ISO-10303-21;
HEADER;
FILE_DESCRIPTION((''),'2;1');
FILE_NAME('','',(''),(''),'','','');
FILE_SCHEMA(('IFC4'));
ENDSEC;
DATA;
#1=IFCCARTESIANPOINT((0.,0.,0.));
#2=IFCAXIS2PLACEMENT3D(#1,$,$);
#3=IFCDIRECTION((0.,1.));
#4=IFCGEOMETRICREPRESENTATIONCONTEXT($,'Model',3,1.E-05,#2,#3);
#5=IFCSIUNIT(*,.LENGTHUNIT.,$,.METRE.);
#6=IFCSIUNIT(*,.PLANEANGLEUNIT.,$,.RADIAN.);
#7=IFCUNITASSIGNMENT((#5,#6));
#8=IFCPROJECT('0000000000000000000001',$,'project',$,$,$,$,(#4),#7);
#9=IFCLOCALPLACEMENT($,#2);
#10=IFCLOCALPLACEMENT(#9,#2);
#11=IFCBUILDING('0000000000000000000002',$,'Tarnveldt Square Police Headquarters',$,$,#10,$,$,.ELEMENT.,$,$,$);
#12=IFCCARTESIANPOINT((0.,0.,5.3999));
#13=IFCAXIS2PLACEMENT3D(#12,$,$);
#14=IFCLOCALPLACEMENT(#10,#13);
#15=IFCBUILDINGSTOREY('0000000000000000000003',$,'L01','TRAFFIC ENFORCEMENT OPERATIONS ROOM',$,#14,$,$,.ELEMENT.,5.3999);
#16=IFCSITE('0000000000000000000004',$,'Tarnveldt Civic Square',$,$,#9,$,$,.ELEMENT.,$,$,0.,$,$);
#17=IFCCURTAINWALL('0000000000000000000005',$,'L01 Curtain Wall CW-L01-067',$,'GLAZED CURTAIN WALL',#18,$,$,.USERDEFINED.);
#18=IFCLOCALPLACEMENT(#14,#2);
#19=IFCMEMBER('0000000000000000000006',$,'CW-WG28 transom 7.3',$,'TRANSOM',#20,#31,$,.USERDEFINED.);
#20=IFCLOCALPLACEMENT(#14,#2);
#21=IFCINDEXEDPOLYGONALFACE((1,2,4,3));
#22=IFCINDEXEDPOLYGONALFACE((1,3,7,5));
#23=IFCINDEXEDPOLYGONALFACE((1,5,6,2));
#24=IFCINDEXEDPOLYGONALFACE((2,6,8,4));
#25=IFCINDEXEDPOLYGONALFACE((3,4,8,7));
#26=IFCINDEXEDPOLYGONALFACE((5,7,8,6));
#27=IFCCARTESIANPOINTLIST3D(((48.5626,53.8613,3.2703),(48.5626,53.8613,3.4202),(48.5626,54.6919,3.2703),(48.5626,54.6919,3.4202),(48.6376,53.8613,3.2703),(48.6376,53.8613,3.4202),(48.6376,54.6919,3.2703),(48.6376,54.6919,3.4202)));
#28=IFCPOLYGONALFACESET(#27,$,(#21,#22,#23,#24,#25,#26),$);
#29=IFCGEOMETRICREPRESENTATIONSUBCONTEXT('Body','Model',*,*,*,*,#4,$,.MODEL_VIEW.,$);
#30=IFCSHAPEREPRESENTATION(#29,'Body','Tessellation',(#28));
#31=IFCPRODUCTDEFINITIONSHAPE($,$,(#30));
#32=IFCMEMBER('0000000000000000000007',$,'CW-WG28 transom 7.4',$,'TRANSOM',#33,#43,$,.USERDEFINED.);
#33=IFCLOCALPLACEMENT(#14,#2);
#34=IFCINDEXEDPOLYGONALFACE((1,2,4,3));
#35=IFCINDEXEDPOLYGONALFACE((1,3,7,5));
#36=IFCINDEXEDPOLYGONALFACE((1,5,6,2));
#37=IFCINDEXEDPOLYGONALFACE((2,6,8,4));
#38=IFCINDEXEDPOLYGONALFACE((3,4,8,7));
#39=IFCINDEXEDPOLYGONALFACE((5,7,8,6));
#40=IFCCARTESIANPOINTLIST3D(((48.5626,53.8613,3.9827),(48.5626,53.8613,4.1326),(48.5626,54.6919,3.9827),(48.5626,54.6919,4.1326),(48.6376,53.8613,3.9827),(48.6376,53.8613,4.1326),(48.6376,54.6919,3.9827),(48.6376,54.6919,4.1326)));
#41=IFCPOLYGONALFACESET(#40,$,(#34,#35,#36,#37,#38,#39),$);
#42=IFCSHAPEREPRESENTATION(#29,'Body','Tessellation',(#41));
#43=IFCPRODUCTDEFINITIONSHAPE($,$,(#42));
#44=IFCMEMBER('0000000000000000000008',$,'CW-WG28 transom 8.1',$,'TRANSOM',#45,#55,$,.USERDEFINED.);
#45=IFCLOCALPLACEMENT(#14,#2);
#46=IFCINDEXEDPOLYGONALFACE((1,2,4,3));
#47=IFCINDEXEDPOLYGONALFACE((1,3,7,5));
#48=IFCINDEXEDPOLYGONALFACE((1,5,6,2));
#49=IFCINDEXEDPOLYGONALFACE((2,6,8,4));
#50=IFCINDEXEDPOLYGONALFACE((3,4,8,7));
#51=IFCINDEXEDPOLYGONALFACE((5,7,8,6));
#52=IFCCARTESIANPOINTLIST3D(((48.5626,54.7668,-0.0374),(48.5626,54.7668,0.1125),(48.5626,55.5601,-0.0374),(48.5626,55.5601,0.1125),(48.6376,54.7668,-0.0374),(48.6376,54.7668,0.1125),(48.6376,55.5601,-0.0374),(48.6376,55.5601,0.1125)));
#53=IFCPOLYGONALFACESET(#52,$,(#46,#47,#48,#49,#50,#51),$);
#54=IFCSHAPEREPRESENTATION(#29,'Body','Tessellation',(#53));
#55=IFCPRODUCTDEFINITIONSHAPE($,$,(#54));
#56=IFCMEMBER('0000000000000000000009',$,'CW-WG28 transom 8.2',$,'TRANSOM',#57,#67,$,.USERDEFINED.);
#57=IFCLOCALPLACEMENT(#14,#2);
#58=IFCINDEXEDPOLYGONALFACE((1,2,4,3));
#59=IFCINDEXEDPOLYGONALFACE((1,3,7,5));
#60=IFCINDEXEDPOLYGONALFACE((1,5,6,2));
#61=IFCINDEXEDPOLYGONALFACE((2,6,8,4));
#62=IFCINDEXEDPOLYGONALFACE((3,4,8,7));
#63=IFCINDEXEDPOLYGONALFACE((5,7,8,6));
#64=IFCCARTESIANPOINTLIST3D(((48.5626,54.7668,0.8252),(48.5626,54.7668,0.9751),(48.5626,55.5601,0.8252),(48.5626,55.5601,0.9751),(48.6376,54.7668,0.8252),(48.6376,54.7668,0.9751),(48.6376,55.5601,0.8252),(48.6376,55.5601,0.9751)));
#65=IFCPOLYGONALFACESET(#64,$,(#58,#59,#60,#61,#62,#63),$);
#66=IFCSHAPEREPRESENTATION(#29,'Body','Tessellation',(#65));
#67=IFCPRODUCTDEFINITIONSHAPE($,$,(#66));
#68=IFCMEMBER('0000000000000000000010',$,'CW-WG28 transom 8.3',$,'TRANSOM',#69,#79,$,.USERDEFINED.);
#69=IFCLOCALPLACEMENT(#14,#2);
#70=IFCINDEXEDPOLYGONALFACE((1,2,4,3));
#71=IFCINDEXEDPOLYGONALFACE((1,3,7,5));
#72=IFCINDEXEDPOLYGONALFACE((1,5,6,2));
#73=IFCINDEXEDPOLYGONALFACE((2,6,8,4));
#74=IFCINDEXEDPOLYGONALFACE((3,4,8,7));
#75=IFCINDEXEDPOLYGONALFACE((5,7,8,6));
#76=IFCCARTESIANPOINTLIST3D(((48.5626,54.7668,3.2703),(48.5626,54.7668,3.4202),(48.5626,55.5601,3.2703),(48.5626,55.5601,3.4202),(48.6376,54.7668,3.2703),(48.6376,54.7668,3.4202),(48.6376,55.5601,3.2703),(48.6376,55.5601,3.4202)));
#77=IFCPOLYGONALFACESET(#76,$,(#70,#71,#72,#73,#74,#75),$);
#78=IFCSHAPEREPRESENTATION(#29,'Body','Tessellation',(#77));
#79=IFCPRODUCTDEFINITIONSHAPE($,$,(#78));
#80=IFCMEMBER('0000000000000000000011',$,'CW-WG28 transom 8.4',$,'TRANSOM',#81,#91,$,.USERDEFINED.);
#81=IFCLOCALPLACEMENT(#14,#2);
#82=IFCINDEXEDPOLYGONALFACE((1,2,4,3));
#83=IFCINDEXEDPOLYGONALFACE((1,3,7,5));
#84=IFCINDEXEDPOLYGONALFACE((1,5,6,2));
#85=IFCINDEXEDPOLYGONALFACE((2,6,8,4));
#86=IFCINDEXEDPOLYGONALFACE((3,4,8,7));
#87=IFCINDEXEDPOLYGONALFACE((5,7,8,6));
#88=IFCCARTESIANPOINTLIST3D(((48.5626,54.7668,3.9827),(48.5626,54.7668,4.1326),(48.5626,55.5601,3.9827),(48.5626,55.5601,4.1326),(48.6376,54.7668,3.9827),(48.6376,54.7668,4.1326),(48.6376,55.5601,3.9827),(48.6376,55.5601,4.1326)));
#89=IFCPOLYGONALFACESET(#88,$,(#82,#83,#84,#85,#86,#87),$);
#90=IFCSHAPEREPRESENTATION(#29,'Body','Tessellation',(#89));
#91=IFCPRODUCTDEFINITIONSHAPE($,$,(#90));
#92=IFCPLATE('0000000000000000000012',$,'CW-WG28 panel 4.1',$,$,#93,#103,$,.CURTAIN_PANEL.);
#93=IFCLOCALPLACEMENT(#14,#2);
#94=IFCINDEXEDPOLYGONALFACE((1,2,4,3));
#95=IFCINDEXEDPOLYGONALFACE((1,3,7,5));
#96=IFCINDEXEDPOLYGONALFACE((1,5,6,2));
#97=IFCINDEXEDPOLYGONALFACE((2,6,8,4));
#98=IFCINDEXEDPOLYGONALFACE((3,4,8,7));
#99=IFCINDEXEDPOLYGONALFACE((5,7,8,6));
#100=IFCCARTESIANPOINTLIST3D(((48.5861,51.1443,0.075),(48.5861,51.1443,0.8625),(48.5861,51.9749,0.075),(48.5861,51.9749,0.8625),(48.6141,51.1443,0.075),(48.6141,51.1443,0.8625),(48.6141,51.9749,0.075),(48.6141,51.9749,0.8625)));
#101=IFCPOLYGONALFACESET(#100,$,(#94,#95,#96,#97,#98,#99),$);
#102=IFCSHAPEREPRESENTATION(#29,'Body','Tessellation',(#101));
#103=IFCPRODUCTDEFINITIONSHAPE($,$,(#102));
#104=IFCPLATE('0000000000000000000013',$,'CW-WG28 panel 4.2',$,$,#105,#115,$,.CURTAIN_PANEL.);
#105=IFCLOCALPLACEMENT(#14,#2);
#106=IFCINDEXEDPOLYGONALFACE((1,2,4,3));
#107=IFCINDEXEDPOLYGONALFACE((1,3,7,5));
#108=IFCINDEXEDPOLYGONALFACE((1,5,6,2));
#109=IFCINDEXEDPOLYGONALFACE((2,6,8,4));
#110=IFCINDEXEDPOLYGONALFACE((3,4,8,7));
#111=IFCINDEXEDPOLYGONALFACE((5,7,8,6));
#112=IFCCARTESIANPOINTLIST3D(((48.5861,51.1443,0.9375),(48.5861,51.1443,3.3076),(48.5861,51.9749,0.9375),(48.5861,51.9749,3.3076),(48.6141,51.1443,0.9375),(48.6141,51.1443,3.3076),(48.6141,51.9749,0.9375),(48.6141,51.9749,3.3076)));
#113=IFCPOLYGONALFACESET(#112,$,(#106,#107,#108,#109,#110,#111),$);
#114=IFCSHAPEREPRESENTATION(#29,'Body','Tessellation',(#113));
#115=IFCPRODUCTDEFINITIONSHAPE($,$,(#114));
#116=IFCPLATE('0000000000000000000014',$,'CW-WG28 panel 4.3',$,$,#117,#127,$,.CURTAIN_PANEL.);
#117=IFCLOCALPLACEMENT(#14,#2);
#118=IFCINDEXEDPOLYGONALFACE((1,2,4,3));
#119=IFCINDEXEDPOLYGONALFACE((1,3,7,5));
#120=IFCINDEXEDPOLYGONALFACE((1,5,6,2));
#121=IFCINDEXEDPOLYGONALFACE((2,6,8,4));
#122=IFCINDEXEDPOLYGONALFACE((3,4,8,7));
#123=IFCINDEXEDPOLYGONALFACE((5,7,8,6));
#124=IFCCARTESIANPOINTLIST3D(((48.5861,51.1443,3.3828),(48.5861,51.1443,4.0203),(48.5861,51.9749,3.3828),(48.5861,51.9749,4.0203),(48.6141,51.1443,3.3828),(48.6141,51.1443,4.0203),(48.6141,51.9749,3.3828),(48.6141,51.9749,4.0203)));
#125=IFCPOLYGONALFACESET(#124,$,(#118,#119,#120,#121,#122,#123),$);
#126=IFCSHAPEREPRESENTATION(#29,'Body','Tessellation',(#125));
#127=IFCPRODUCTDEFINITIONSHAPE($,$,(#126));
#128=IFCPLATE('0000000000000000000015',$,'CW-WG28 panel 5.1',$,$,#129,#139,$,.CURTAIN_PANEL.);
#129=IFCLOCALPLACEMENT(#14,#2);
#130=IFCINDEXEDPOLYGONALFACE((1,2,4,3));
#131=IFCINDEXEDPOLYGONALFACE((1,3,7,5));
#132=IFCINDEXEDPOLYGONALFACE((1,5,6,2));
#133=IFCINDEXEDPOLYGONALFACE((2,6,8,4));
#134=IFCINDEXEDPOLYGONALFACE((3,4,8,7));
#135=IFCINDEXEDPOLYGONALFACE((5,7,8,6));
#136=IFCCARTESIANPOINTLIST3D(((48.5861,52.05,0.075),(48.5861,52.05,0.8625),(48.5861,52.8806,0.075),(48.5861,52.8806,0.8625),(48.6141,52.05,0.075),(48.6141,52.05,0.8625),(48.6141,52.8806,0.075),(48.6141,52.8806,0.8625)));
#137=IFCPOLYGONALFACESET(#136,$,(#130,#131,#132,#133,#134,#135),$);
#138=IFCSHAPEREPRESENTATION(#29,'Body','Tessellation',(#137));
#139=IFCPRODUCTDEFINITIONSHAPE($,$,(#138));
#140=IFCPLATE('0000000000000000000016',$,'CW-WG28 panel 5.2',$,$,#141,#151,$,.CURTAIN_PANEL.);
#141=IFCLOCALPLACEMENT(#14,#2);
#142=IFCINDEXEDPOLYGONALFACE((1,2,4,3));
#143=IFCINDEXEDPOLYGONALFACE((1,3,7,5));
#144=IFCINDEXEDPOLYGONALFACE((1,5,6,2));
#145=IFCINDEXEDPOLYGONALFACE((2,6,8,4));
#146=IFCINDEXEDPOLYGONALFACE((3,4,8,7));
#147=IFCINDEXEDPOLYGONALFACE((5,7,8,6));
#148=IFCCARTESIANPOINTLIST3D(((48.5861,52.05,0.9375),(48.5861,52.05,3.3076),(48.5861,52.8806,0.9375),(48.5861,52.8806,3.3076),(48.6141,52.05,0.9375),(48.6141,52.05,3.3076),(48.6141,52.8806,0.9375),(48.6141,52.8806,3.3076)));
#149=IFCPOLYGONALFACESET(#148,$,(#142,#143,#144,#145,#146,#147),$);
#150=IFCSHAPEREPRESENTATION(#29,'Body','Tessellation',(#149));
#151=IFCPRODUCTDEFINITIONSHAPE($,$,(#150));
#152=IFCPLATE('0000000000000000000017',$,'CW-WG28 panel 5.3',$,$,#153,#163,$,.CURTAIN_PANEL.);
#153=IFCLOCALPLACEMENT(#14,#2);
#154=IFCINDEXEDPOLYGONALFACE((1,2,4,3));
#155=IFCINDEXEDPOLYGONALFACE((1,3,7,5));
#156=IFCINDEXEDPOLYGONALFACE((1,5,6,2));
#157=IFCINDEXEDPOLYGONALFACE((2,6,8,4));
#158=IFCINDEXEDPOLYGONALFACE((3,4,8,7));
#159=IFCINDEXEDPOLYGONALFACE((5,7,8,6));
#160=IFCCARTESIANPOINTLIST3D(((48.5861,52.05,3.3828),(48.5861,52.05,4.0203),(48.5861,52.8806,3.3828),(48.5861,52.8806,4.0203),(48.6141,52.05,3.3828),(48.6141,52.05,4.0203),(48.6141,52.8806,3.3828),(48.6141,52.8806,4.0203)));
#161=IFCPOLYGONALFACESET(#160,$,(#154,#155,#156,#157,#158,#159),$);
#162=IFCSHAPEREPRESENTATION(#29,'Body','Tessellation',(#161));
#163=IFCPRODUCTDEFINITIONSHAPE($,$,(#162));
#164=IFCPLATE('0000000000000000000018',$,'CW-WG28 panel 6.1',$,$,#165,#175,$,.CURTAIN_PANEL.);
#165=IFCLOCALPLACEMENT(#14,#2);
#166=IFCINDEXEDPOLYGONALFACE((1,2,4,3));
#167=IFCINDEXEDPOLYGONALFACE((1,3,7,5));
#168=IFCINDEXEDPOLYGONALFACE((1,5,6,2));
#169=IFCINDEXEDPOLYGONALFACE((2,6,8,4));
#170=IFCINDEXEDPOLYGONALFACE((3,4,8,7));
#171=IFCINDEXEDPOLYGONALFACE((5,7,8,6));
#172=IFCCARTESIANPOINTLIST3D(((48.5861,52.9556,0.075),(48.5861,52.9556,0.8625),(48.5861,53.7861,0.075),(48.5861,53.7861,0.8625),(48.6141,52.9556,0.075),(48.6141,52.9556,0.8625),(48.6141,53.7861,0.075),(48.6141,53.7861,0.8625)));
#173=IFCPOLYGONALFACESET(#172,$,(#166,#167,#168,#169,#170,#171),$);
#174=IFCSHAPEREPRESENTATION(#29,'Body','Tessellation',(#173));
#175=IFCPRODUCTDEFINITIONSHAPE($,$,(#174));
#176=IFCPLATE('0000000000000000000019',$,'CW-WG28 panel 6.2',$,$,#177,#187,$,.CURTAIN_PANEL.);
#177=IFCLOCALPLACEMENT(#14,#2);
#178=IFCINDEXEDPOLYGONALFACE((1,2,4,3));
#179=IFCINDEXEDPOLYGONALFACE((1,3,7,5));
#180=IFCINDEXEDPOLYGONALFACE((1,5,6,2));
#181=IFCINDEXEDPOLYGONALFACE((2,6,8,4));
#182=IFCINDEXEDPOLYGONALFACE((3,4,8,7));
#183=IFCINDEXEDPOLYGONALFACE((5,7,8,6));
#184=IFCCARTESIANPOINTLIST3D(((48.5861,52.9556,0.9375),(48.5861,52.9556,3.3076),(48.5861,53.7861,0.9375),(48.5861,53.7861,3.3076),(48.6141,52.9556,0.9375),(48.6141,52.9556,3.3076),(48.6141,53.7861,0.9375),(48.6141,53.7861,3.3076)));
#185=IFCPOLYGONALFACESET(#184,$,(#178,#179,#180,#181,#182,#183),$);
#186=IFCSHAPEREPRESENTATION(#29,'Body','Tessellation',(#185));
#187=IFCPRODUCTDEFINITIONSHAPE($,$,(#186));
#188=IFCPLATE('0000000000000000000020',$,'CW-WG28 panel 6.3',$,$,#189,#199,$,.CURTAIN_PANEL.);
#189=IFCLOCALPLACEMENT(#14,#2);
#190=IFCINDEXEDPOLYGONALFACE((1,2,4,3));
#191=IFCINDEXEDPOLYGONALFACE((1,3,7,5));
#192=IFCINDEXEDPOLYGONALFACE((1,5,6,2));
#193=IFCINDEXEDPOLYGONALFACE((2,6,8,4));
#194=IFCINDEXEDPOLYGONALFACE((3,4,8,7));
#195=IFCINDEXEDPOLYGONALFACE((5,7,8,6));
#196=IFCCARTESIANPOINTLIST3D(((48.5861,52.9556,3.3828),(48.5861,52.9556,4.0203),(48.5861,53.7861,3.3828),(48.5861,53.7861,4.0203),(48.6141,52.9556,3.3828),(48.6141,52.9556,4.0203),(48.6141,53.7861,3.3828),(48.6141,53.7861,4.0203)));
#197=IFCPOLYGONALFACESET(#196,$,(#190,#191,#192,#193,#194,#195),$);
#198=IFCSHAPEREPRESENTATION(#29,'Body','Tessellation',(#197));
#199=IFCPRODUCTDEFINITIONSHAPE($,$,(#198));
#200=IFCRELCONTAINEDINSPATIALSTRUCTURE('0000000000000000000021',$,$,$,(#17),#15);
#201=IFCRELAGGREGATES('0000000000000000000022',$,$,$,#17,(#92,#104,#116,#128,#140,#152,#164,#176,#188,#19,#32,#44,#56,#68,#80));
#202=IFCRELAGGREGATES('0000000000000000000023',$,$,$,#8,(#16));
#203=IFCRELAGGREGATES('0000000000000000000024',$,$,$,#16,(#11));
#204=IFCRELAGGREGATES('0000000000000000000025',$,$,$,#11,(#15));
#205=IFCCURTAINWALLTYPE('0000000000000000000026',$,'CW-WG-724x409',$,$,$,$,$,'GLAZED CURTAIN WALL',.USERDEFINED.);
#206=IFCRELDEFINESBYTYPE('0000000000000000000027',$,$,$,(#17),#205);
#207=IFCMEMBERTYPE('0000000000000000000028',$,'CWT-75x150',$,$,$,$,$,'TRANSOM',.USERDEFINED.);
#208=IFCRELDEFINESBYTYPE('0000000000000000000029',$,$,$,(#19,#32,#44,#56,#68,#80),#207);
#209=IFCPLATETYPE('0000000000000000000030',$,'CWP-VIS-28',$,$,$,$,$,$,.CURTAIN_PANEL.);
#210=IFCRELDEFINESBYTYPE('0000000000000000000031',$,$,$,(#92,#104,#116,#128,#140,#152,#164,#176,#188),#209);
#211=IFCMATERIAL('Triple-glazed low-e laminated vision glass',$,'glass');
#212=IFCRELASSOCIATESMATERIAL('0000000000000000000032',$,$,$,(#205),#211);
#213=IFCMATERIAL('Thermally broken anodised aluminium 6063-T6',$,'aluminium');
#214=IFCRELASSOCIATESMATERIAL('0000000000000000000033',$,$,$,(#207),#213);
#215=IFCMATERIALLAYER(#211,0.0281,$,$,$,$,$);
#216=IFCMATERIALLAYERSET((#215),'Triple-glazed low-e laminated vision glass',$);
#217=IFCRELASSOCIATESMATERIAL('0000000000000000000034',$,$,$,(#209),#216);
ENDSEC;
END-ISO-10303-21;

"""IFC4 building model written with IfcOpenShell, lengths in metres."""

from ifc_helpers import new_model, si_unit, direction, frame, origin, origin_2d, place, context, subcontext, project, spatial, rectangle, extrude, material, layer, layer_set, material_profile, profile_set, type_object, element, aggregate, save


model = new_model("IFC4")

# Units and contexts
model_context = context("Model", 3, precision=1e-05, world=origin(), true_north=direction((0.0, 1.0)))
body_context = subcontext(model_context, "Body", "Model", "MODEL_VIEW")
ifc_project = project(units=[si_unit("LENGTHUNIT", "METRE"), si_unit("PLANEANGLEUNIT", "RADIAN")], contexts=[model_context])

# Site, building, storey
site_placement = place(None, origin())
site = spatial("IfcSite", under=ifc_project, at=site_placement, Name="Tarnveldt Civic Square", CompositionType="ELEMENT", RefElevation=0.0)
building_placement = place(site_placement, origin())
building = spatial("IfcBuilding", under=site, at=building_placement, Name="Tarnveldt Square Police Headquarters", CompositionType="ELEMENT")
storey_placement = place(building_placement, frame((0.0, 0.0, 5.3999)))
storey = spatial("IfcBuildingStorey", under=building, at=storey_placement, Name="L01", Description="TRAFFIC ENFORCEMENT OPERATIONS ROOM", CompositionType="ELEMENT", Elevation=5.3999)

# Curtain wall, members, plates
ifc_material_1 = material(Name="Triple-glazed low-e laminated vision glass", Category="glass")
curtain_wall_type = type_object("IfcCurtainWallType", Name="CW-WG-724x409", ElementType="GLAZED CURTAIN WALL", PredefinedType="USERDEFINED", material=ifc_material_1)
curtain_wall_placement = place(storey_placement, origin())
curtain_wall = element("IfcCurtainWall", 1, at=curtain_wall_placement, inside=storey, type_object=curtain_wall_type, Name="L01 Curtain Wall CW-L01-067", ObjectType="GLAZED CURTAIN WALL", PredefinedType="USERDEFINED")
ifc_material_2 = material(Name="Thermally broken anodised aluminium 6063-T6", Category="aluminium")
ifc_material_profile_1 = material_profile(ifc_material_2, rectangle(XDim=0.075, YDim=0.1499, at=origin_2d()), Name="CW-T75x150")
ifc_profile_set_1 = profile_set([ifc_material_profile_1], Name="Thermally broken anodised aluminium 6063-T6")
member_type_1 = type_object("IfcMemberType", Name="CWT-75x150", ElementType="TRANSOM", PredefinedType="USERDEFINED", material=ifc_profile_set_1)
member_1_placement = place(storey_placement, frame((48.6001, 53.8613, 3.3452), z_axis=(0.0, 1.0, 0.0), x_axis=(-1.0, 0.0, 0.0)))
member_1 = element("IfcMember", 2, at=member_1_placement, type_object=member_type_1, Name="CW-WG28 transom 7.3", ObjectType="TRANSOM", PredefinedType="USERDEFINED", context=body_context, shape_type="SweptSolid", body=[
    extrude(rectangle(XDim=0.075, YDim=0.1499, at=origin_2d()), origin(), (0.0, 0.0, 1.0), 0.8306),
])
member_2_placement = place(storey_placement, frame((48.6001, 53.8613, 4.0576), z_axis=(0.0, 1.0, 0.0), x_axis=(-1.0, 0.0, 0.0)))
member_2 = element("IfcMember", 3, at=member_2_placement, type_object=member_type_1, Name="CW-WG28 transom 7.4", ObjectType="TRANSOM", PredefinedType="USERDEFINED", context=body_context, shape_type="SweptSolid", body=[
    extrude(rectangle(XDim=0.075, YDim=0.1499, at=origin_2d()), origin(), (0.0, 0.0, 1.0), 0.8306),
])
member_3_placement = place(storey_placement, frame((48.6001, 54.7668, 0.0376), z_axis=(0.0, 1.0, 0.0), x_axis=(-1.0, 0.0, 0.0)))
member_3 = element("IfcMember", 4, at=member_3_placement, type_object=member_type_1, Name="CW-WG28 transom 8.1", ObjectType="TRANSOM", PredefinedType="USERDEFINED", context=body_context, shape_type="SweptSolid", body=[
    extrude(rectangle(XDim=0.075, YDim=0.1499, at=origin_2d()), origin(), (0.0, 0.0, 1.0), 0.7932),
])
member_4_placement = place(storey_placement, frame((48.6001, 54.7668, 0.9001), z_axis=(0.0, 1.0, 0.0), x_axis=(-1.0, 0.0, 0.0)))
member_4 = element("IfcMember", 5, at=member_4_placement, type_object=member_type_1, Name="CW-WG28 transom 8.2", ObjectType="TRANSOM", PredefinedType="USERDEFINED", context=body_context, shape_type="SweptSolid", body=[
    extrude(rectangle(XDim=0.075, YDim=0.1499, at=origin_2d()), origin(), (0.0, 0.0, 1.0), 0.7932),
])
member_5_placement = place(storey_placement, frame((48.6001, 54.7668, 3.3452), z_axis=(0.0, 1.0, 0.0), x_axis=(-1.0, 0.0, 0.0)))
member_5 = element("IfcMember", 6, at=member_5_placement, type_object=member_type_1, Name="CW-WG28 transom 8.3", ObjectType="TRANSOM", PredefinedType="USERDEFINED", context=body_context, shape_type="SweptSolid", body=[
    extrude(rectangle(XDim=0.075, YDim=0.1499, at=origin_2d()), origin(), (0.0, 0.0, 1.0), 0.7932),
])
member_6_placement = place(storey_placement, frame((48.6001, 54.7668, 4.0576), z_axis=(0.0, 1.0, 0.0), x_axis=(-1.0, 0.0, 0.0)))
member_6 = element("IfcMember", 7, at=member_6_placement, type_object=member_type_1, Name="CW-WG28 transom 8.4", ObjectType="TRANSOM", PredefinedType="USERDEFINED", context=body_context, shape_type="SweptSolid", body=[
    extrude(rectangle(XDim=0.075, YDim=0.1499, at=origin_2d()), origin(), (0.0, 0.0, 1.0), 0.7932),
])
ifc_layer = layer(ifc_material_1, 0.0281)
ifc_layer_set = layer_set([ifc_layer], Name="Triple-glazed low-e laminated vision glass")
plate_type = type_object("IfcPlateType", Name="CWP-VIS-28", PredefinedType="CURTAIN_PANEL", material=ifc_layer_set)
plate_1_placement = place(storey_placement, frame((48.6001, 51.5596, 0.075), z_axis=(0.0, 0.0, 1.0), x_axis=(0.0, 1.0, 0.0)))
plate_1 = element("IfcPlate", 8, at=plate_1_placement, type_object=plate_type, Name="CW-WG28 panel 4.1", PredefinedType="CURTAIN_PANEL", context=body_context, shape_type="SweptSolid", body=[
    extrude(rectangle(XDim=0.8306, YDim=0.0281, at=origin_2d()), origin(), (0.0, 0.0, 1.0), 0.7876),
])
plate_2_placement = place(storey_placement, frame((48.6001, 51.5596, 0.9375), z_axis=(0.0, 0.0, 1.0), x_axis=(0.0, 1.0, 0.0)))
plate_2 = element("IfcPlate", 9, at=plate_2_placement, type_object=plate_type, Name="CW-WG28 panel 4.2", PredefinedType="CURTAIN_PANEL", context=body_context, shape_type="SweptSolid", body=[
    extrude(rectangle(XDim=0.8306, YDim=0.0281, at=origin_2d()), origin(), (0.0, 0.0, 1.0), 2.3701),
])
plate_3_placement = place(storey_placement, frame((48.6001, 51.5596, 3.3828), z_axis=(0.0, 0.0, 1.0), x_axis=(0.0, 1.0, 0.0)))
plate_3 = element("IfcPlate", 10, at=plate_3_placement, type_object=plate_type, Name="CW-WG28 panel 4.3", PredefinedType="CURTAIN_PANEL", context=body_context, shape_type="SweptSolid", body=[
    extrude(rectangle(XDim=0.8306, YDim=0.0281, at=origin_2d()), origin(), (0.0, 0.0, 1.0), 0.6375),
])
plate_4_placement = place(storey_placement, frame((48.6001, 52.4653, 0.075), z_axis=(0.0, 0.0, 1.0), x_axis=(0.0, 1.0, 0.0)))
plate_4 = element("IfcPlate", 11, at=plate_4_placement, type_object=plate_type, Name="CW-WG28 panel 5.1", PredefinedType="CURTAIN_PANEL", context=body_context, shape_type="SweptSolid", body=[
    extrude(rectangle(XDim=0.8306, YDim=0.0281, at=origin_2d()), origin(), (0.0, 0.0, 1.0), 0.7876),
])
plate_5_placement = place(storey_placement, frame((48.6001, 52.4653, 0.9375), z_axis=(0.0, 0.0, 1.0), x_axis=(0.0, 1.0, 0.0)))
plate_5 = element("IfcPlate", 12, at=plate_5_placement, type_object=plate_type, Name="CW-WG28 panel 5.2", PredefinedType="CURTAIN_PANEL", context=body_context, shape_type="SweptSolid", body=[
    extrude(rectangle(XDim=0.8306, YDim=0.0281, at=origin_2d()), origin(), (0.0, 0.0, 1.0), 2.3701),
])
plate_6_placement = place(storey_placement, frame((48.6001, 52.4653, 3.3828), z_axis=(0.0, 0.0, 1.0), x_axis=(0.0, 1.0, 0.0)))
plate_6 = element("IfcPlate", 13, at=plate_6_placement, type_object=plate_type, Name="CW-WG28 panel 5.3", PredefinedType="CURTAIN_PANEL", context=body_context, shape_type="SweptSolid", body=[
    extrude(rectangle(XDim=0.8306, YDim=0.0281, at=origin_2d()), origin(), (0.0, 0.0, 1.0), 0.6375),
])
plate_7_placement = place(storey_placement, frame((48.6001, 53.3708, 0.075), z_axis=(0.0, 0.0, 1.0), x_axis=(0.0, 1.0, 0.0)))
plate_7 = element("IfcPlate", 14, at=plate_7_placement, type_object=plate_type, Name="CW-WG28 panel 6.1", PredefinedType="CURTAIN_PANEL", context=body_context, shape_type="SweptSolid", body=[
    extrude(rectangle(XDim=0.8306, YDim=0.0281, at=origin_2d()), origin(), (0.0, 0.0, 1.0), 0.7876),
])
plate_8_placement = place(storey_placement, frame((48.6001, 53.3708, 0.9375), z_axis=(0.0, 0.0, 1.0), x_axis=(0.0, 1.0, 0.0)))
plate_8 = element("IfcPlate", 15, at=plate_8_placement, type_object=plate_type, Name="CW-WG28 panel 6.2", PredefinedType="CURTAIN_PANEL", context=body_context, shape_type="SweptSolid", body=[
    extrude(rectangle(XDim=0.8306, YDim=0.0281, at=origin_2d()), origin(), (0.0, 0.0, 1.0), 2.3701),
])
plate_9_placement = place(storey_placement, frame((48.6001, 53.3708, 3.3828), z_axis=(0.0, 0.0, 1.0), x_axis=(0.0, 1.0, 0.0)))
plate_9 = element("IfcPlate", 16, at=plate_9_placement, type_object=plate_type, Name="CW-WG28 panel 6.3", PredefinedType="CURTAIN_PANEL", context=body_context, shape_type="SweptSolid", body=[
    extrude(rectangle(XDim=0.8306, YDim=0.0281, at=origin_2d()), origin(), (0.0, 0.0, 1.0), 0.6375),
])
aggregate(curtain_wall, [plate_1, plate_2, plate_3, plate_4, plate_5, plate_6, plate_7, plate_8, plate_9, member_1, member_2, member_3, member_4, member_5, member_6])

save(model, "model.ifc")
